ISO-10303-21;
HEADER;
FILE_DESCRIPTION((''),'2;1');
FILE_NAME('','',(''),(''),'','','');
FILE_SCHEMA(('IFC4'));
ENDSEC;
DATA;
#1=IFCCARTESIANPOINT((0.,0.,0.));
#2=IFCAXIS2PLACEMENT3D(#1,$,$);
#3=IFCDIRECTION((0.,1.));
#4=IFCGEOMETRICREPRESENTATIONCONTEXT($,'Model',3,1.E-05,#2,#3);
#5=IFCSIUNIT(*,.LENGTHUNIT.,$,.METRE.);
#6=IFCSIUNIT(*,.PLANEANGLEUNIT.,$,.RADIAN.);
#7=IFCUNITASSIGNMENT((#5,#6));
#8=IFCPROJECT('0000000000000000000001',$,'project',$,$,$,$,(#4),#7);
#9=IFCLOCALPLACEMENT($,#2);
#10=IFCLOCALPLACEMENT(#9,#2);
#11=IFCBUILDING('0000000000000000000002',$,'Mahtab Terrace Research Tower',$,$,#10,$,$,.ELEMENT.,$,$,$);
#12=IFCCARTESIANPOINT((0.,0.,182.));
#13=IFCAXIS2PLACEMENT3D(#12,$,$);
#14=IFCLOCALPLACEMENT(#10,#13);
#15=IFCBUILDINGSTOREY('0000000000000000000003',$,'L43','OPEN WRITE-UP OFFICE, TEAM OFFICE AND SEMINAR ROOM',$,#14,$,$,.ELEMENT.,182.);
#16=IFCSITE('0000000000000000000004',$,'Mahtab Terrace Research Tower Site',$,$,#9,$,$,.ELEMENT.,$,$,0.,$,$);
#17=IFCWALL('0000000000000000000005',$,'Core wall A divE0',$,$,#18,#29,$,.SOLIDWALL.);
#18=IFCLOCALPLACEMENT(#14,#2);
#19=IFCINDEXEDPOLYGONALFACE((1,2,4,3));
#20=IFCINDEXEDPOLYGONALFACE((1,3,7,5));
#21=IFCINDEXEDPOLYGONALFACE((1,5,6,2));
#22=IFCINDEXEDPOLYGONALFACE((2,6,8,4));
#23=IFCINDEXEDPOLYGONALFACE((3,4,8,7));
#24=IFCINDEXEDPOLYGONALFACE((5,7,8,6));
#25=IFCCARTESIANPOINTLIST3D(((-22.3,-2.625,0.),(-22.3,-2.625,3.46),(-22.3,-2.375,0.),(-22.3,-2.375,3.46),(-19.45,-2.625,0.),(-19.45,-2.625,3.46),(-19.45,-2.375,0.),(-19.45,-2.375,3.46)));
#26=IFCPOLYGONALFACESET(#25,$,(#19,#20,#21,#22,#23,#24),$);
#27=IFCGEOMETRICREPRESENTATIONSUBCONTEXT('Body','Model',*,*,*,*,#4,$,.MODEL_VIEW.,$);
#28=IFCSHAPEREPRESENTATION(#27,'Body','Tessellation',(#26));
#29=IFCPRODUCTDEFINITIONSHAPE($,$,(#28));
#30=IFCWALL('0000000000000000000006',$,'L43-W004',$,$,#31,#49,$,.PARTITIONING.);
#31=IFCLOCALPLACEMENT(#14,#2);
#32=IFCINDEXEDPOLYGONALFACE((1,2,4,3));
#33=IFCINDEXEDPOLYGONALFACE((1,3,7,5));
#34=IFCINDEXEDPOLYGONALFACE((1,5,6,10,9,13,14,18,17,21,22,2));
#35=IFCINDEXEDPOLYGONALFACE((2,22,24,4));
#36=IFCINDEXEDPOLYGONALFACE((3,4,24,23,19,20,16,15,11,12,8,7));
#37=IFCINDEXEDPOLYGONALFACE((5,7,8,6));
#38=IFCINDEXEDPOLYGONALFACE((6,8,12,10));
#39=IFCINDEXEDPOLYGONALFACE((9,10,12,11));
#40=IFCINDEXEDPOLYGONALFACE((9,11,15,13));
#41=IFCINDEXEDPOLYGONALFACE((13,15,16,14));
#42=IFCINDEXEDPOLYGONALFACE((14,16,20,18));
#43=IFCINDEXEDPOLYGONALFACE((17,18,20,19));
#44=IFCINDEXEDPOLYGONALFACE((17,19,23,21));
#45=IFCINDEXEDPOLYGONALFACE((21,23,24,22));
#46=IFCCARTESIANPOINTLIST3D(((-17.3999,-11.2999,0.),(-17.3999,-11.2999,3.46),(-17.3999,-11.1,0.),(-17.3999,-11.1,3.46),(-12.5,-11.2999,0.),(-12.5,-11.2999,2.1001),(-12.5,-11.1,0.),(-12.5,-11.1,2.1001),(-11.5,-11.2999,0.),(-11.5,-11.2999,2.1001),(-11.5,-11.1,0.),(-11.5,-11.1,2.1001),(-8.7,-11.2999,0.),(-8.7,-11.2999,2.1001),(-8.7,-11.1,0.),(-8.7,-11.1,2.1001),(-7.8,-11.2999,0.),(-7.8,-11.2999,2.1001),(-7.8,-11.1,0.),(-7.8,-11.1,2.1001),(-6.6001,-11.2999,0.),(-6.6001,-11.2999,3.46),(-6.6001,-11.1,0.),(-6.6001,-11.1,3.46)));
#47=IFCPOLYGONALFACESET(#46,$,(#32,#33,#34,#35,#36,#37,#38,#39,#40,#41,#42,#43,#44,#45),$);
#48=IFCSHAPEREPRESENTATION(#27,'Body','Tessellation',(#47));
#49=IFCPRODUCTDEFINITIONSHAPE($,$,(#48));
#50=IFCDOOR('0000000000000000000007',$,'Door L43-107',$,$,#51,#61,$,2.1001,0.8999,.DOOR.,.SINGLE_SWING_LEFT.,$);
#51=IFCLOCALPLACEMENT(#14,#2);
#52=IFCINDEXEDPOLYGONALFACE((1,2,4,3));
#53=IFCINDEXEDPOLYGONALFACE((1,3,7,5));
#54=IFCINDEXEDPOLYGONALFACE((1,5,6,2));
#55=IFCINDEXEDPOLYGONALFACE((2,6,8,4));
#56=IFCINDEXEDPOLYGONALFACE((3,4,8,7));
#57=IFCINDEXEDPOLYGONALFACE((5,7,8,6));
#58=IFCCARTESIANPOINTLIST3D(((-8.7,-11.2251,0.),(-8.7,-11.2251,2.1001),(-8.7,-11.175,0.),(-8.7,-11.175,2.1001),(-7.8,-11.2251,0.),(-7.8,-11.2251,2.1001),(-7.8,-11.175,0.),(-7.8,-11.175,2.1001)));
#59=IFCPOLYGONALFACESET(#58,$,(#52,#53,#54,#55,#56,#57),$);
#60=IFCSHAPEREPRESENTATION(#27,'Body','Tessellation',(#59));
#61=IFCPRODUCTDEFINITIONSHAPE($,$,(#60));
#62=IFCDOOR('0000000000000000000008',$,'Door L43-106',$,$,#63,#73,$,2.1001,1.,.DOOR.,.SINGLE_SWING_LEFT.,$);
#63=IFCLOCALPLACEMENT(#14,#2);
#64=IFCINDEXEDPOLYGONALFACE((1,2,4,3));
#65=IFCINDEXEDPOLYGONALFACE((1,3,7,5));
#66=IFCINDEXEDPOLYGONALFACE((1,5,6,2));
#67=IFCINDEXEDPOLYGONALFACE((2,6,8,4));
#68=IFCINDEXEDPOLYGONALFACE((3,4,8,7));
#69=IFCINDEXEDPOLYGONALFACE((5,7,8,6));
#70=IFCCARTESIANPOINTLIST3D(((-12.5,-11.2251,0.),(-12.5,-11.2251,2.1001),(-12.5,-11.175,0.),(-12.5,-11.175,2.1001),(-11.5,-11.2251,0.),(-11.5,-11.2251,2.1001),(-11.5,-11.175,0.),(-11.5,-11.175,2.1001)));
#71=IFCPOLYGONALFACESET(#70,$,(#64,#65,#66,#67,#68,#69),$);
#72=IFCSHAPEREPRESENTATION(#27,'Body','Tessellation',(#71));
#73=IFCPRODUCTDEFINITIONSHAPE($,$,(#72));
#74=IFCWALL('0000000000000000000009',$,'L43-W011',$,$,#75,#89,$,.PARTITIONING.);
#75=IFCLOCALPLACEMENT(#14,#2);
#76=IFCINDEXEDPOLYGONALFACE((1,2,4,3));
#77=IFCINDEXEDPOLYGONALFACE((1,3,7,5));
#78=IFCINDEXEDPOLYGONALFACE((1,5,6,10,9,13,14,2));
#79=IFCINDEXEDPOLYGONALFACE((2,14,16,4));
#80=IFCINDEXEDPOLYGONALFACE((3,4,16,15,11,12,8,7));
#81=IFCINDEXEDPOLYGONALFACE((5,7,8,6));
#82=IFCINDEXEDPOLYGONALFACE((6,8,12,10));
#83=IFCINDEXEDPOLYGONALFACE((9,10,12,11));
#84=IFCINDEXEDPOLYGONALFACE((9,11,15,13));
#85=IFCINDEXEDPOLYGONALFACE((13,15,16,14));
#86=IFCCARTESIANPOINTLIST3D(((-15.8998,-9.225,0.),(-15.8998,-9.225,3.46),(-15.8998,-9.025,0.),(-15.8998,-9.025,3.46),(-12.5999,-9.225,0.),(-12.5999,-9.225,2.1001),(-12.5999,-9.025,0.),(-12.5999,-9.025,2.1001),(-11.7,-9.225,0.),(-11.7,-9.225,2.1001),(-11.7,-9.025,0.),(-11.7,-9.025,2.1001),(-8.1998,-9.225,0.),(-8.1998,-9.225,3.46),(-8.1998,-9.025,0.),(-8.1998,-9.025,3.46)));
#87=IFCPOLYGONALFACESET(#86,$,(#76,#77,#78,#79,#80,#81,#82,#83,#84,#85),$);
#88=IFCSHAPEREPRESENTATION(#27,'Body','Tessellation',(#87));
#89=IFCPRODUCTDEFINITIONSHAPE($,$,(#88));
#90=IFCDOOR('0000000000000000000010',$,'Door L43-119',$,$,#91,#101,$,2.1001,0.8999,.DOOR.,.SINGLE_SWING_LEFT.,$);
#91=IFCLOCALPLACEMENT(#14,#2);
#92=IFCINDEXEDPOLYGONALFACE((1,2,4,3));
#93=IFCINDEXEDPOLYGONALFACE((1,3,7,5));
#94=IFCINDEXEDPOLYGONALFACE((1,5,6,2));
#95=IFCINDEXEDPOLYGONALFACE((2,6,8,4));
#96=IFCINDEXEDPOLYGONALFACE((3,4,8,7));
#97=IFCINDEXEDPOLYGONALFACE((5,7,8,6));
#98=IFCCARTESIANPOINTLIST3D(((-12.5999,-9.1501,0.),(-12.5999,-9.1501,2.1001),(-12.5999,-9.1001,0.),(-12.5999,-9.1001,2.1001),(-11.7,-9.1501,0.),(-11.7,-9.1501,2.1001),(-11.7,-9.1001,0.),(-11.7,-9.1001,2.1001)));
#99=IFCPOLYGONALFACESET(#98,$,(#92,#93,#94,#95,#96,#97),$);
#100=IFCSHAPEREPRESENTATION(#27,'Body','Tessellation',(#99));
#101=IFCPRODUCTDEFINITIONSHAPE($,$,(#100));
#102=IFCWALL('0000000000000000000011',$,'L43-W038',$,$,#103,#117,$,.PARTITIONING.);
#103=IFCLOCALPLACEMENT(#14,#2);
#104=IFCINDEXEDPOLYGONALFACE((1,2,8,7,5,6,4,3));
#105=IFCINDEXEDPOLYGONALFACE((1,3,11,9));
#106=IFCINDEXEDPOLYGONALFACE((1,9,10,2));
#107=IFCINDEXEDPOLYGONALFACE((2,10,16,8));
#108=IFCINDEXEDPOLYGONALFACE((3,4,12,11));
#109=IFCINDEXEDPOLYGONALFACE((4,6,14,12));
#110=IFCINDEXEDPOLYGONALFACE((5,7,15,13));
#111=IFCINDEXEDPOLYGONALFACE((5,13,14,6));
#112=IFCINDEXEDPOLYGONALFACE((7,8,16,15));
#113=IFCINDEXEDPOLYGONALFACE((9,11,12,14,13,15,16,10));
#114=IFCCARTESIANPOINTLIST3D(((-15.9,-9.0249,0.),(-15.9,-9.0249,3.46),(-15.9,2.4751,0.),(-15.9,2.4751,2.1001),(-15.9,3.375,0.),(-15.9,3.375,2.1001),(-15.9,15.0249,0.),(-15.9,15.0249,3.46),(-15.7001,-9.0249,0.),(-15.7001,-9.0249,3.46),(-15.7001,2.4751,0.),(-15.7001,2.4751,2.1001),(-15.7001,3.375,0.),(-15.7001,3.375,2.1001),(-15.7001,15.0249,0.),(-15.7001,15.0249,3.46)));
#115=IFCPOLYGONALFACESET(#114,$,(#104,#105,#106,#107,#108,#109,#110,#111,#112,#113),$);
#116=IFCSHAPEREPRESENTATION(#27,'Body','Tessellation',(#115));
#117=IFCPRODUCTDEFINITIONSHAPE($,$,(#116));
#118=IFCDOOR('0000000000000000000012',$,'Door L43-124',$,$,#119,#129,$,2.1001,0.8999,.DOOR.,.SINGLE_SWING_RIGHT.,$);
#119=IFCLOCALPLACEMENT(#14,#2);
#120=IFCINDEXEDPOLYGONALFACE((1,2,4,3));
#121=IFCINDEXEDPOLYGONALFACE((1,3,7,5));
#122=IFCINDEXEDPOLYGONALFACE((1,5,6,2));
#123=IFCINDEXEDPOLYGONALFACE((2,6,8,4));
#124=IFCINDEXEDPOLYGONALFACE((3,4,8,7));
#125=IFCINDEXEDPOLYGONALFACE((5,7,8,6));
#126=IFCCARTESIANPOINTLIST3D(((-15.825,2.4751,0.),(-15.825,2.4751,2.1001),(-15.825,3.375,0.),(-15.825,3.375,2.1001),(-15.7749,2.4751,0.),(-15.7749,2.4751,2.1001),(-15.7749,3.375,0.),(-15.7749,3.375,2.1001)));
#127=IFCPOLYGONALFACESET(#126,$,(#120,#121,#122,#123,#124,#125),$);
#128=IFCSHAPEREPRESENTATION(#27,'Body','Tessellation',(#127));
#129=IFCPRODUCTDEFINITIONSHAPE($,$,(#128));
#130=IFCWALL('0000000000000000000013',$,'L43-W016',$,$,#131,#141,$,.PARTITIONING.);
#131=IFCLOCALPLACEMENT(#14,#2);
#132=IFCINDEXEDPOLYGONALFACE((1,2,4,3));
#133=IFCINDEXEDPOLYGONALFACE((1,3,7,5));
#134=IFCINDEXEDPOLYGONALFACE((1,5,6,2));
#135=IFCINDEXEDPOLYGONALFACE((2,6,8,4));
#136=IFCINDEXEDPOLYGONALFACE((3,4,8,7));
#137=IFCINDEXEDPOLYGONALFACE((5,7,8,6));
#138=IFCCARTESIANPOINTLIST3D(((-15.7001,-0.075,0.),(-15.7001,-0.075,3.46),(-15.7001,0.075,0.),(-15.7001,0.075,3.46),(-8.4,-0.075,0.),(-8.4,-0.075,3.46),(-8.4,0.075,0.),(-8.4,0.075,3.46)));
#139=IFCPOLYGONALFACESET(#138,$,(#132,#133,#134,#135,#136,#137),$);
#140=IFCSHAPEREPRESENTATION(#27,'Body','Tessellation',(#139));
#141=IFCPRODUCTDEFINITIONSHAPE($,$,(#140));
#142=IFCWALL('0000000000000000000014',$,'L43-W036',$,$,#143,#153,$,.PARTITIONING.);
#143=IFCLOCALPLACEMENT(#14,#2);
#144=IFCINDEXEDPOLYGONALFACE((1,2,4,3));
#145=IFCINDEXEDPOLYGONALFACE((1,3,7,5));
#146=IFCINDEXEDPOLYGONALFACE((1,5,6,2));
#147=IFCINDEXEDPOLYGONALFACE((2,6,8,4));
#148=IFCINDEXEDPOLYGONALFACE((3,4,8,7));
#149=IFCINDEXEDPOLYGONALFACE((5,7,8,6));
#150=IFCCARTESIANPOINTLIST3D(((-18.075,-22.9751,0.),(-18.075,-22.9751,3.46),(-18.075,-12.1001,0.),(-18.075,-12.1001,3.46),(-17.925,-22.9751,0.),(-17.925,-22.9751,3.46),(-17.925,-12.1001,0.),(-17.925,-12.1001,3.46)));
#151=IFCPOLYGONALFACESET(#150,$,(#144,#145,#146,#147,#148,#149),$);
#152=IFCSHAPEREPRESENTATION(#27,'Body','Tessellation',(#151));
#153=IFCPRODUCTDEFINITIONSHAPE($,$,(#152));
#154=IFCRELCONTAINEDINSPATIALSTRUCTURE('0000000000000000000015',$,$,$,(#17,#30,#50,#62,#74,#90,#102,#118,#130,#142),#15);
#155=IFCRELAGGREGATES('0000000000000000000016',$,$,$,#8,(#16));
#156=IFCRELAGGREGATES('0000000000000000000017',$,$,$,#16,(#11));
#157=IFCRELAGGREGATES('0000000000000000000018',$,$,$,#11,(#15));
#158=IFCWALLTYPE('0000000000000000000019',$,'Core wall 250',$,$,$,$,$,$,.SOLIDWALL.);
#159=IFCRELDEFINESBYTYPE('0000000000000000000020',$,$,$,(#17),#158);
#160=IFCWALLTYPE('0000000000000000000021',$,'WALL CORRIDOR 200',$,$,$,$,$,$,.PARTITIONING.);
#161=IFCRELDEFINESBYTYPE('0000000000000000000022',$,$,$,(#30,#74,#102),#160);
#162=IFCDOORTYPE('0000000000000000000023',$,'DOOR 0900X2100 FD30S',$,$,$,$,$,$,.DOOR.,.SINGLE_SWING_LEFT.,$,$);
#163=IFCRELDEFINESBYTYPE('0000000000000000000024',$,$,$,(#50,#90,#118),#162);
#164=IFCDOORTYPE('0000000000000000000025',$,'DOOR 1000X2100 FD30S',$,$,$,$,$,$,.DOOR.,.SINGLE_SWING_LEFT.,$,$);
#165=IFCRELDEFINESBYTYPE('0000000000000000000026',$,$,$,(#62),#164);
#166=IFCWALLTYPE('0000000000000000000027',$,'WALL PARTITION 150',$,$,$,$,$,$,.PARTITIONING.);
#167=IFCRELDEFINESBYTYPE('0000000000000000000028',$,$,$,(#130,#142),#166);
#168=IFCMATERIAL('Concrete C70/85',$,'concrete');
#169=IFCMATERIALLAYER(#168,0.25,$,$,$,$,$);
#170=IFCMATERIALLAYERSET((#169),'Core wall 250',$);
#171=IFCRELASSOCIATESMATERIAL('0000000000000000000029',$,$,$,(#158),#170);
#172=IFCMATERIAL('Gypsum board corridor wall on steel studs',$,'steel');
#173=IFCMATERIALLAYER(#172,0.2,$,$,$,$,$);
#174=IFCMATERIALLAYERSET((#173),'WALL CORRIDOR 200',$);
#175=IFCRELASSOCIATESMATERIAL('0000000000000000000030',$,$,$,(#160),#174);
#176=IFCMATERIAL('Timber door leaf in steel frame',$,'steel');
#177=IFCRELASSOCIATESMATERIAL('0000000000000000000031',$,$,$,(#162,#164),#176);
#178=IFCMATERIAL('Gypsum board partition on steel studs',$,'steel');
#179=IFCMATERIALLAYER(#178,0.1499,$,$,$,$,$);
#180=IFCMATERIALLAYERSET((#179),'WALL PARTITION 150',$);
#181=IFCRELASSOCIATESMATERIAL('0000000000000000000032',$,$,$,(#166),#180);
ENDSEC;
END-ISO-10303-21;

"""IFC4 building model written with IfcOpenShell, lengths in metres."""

from ifc_helpers import new_model, si_unit, direction, frame, frame_2d, origin, place, context, subcontext, project, spatial, rectangle, extrude, material, layer, layer_set, type_object, element, fill, save


model = new_model("IFC4")

# Units and contexts
model_context = context("Model", 3, precision=1e-05, world=origin(), true_north=direction((0.0, 1.0)))
body_context = subcontext(model_context, "Body", "Model", "MODEL_VIEW")
ifc_project = project(units=[si_unit("LENGTHUNIT", "METRE"), si_unit("PLANEANGLEUNIT", "RADIAN")], contexts=[model_context])

# Site, building, storey
site_placement = place(None, origin())
site = spatial("IfcSite", under=ifc_project, at=site_placement, Name="Mahtab Terrace Research Tower Site", CompositionType="ELEMENT", RefElevation=0.0)
building_placement = place(site_placement, origin())
building = spatial("IfcBuilding", under=site, at=building_placement, Name="Mahtab Terrace Research Tower", CompositionType="ELEMENT")
storey_placement = place(building_placement, frame((0.0, 0.0, 182.0)))
storey = spatial("IfcBuildingStorey", under=building, at=storey_placement, Name="L43", Description="OPEN WRITE-UP OFFICE, TEAM OFFICE AND SEMINAR ROOM", CompositionType="ELEMENT", Elevation=182.0)

# Shared definitions
ifc_material_1 = material(Name="Concrete C70/85", Category="concrete")

# Shared definitions
ifc_layer_1 = layer(ifc_material_1, 0.25)
ifc_layer_set_1 = layer_set([ifc_layer_1], Name="Core wall 250")
wall_type_1 = type_object("IfcWallType", Name="Core wall 250", PredefinedType="SOLIDWALL", material=ifc_layer_set_1)

# Wall
wall_1_placement = place(storey_placement, frame((-22.3, -2.5, 0.0), z_axis=(0.0, 0.0, 1.0), x_axis=(1.0, 0.0, 0.0)))
element("IfcWall", 1, at=wall_1_placement, inside=storey, type_object=wall_type_1, Name="Core wall A divE0", PredefinedType="SOLIDWALL", context=body_context, shape_type="SweptSolid", body=[
    extrude(rectangle(XDim=2.8501, YDim=0.25, at=frame_2d((1.425, 0.0))), origin(), (0.0, 0.0, 1.0), 3.46),
])

# Wall, openings, doors
ifc_material_2 = material(Name="Gypsum board corridor wall on steel studs", Category="steel")
ifc_layer_2 = layer(ifc_material_2, 0.2)
ifc_layer_set_2 = layer_set([ifc_layer_2], Name="WALL CORRIDOR 200")
wall_type_2 = type_object("IfcWallType", Name="WALL CORRIDOR 200", PredefinedType="PARTITIONING", material=ifc_layer_set_2)
wall_2_placement = place(storey_placement, frame((-17.3999, -11.2, 0.0), z_axis=(0.0, 0.0, 1.0), x_axis=(1.0, 0.0, 0.0)))
wall_2 = element("IfcWall", 2, at=wall_2_placement, inside=storey, type_object=wall_type_2, Name="L43-W004", PredefinedType="PARTITIONING", context=body_context, shape_type="SweptSolid", body=[
    extrude(rectangle(XDim=10.7998, YDim=0.2, at=frame_2d((5.3999, 0.0))), origin(), (0.0, 0.0, 1.0), 3.46),
])
opening_1_placement = place(wall_2_placement, frame((4.8999, 0.0, 0.0)))
opening_1 = element("IfcOpeningElement", 3, at=opening_1_placement, cuts=wall_2, PredefinedType="OPENING", context=body_context, shape_type="SweptSolid", body=[
    extrude(rectangle(XDim=1.0, YDim=2.1001, at=frame_2d((0.5, 1.05))), frame((0.0, 0.1099, 0.0), z_axis=(0.0, -1.0, 0.0), x_axis=(1.0, 0.0, 0.0)), (0.0, 0.0, 1.0), 0.22),
])
opening_2_placement = place(wall_2_placement, frame((8.7, 0.0, 0.0)))
opening_2 = element("IfcOpeningElement", 4, at=opening_2_placement, cuts=wall_2, PredefinedType="OPENING", context=body_context, shape_type="SweptSolid", body=[
    extrude(rectangle(XDim=0.8999, YDim=2.1001, at=frame_2d((0.45, 1.05))), frame((0.0, 0.1099, 0.0), z_axis=(0.0, -1.0, 0.0), x_axis=(1.0, 0.0, 0.0)), (0.0, 0.0, 1.0), 0.22),
])
ifc_material_3 = material(Name="Timber door leaf in steel frame", Category="steel")
door_type_1 = type_object("IfcDoorType", Name="DOOR 0900X2100 FD30S", OperationType="SINGLE_SWING_LEFT", PredefinedType="DOOR", material=ifc_material_3)
door_1_placement = place(opening_2_placement, origin())
door_1 = element("IfcDoor", 5, at=door_1_placement, inside=storey, type_object=door_type_1, Name="Door L43-107", OperationType="SINGLE_SWING_LEFT", OverallHeight=2.1001, OverallWidth=0.8999, PredefinedType="DOOR", context=body_context, shape_type="SweptSolid", body=[
    extrude(rectangle(XDim=0.8999, YDim=2.1001, at=frame_2d((0.45, 1.05))), frame((0.0, 0.0249, 0.0), z_axis=(0.0, -1.0, 0.0), x_axis=(1.0, 0.0, 0.0)), (0.0, 0.0, 1.0), 0.05),
])
fill(opening_2, door_1)
door_type_2 = type_object("IfcDoorType", Name="DOOR 1000X2100 FD30S", OperationType="SINGLE_SWING_LEFT", PredefinedType="DOOR", material=ifc_material_3)
door_2_placement = place(opening_1_placement, origin())
door_2 = element("IfcDoor", 6, at=door_2_placement, inside=storey, type_object=door_type_2, Name="Door L43-106", OperationType="SINGLE_SWING_LEFT", OverallHeight=2.1001, OverallWidth=1.0, PredefinedType="DOOR", context=body_context, shape_type="SweptSolid", body=[
    extrude(rectangle(XDim=1.0, YDim=2.1001, at=frame_2d((0.5, 1.05))), frame((0.0, 0.0249, 0.0), z_axis=(0.0, -1.0, 0.0), x_axis=(1.0, 0.0, 0.0)), (0.0, 0.0, 1.0), 0.05),
])
fill(opening_1, door_2)

# Walls, openings, doors
wall_3_placement = place(storey_placement, frame((-15.8999, -9.125, 0.0), z_axis=(0.0, 0.0, 1.0), x_axis=(1.0, 0.0, 0.0)))
wall_3 = element("IfcWall", 7, at=wall_3_placement, inside=storey, type_object=wall_type_2, Name="L43-W011", PredefinedType="PARTITIONING", context=body_context, shape_type="SweptSolid", body=[
    extrude(rectangle(XDim=7.7, YDim=0.2, at=frame_2d((3.8501, 0.0))), origin(), (0.0, 0.0, 1.0), 3.46),
])
opening_3_placement = place(wall_3_placement, frame((3.3, 0.0, 0.0)))
opening_3 = element("IfcOpeningElement", 8, at=opening_3_placement, cuts=wall_3, PredefinedType="OPENING", context=body_context, shape_type="SweptSolid", body=[
    extrude(rectangle(XDim=0.8999, YDim=2.1001, at=frame_2d((0.45, 1.05))), frame((0.0, 0.1099, 0.0), z_axis=(0.0, -1.0, 0.0), x_axis=(1.0, 0.0, 0.0)), (0.0, 0.0, 1.0), 0.22),
])
door_3_placement = place(opening_3_placement, origin())
door_3 = element("IfcDoor", 9, at=door_3_placement, inside=storey, type_object=door_type_1, Name="Door L43-119", OperationType="SINGLE_SWING_LEFT", OverallHeight=2.1001, OverallWidth=0.8999, PredefinedType="DOOR", context=body_context, shape_type="SweptSolid", body=[
    extrude(rectangle(XDim=0.8999, YDim=2.1001, at=frame_2d((0.45, 1.05))), frame((0.0, 0.0249, 0.0), z_axis=(0.0, -1.0, 0.0), x_axis=(1.0, 0.0, 0.0)), (0.0, 0.0, 1.0), 0.05),
])
fill(opening_3, door_3)
wall_4_placement = place(storey_placement, frame((-15.8, -9.0249, 0.0), z_axis=(0.0, 0.0, 1.0), x_axis=(0.0, 1.0, 0.0)))
wall_4 = element("IfcWall", 10, at=wall_4_placement, inside=storey, type_object=wall_type_2, Name="L43-W038", PredefinedType="PARTITIONING", context=body_context, shape_type="SweptSolid", body=[
    extrude(rectangle(XDim=24.0498, YDim=0.2, at=frame_2d((12.0249, 0.0))), origin(), (0.0, 0.0, 1.0), 3.46),
])
opening_4_placement = place(wall_4_placement, frame((11.5, 0.0, 0.0)))
opening_4 = element("IfcOpeningElement", 11, at=opening_4_placement, cuts=wall_4, PredefinedType="OPENING", context=body_context, shape_type="SweptSolid", body=[
    extrude(rectangle(XDim=0.8999, YDim=2.1001, at=frame_2d((0.45, 1.05))), frame((0.0, 0.1099, 0.0), z_axis=(0.0, -1.0, 0.0), x_axis=(1.0, 0.0, 0.0)), (0.0, 0.0, 1.0), 0.22),
])
door_4_placement = place(opening_4_placement, origin())
door_4 = element("IfcDoor", 12, at=door_4_placement, inside=storey, type_object=door_type_1, Name="Door L43-124", OperationType="SINGLE_SWING_RIGHT", OverallHeight=2.1001, OverallWidth=0.8999, PredefinedType="DOOR", context=body_context, shape_type="SweptSolid", body=[
    extrude(rectangle(XDim=0.8999, YDim=2.1001, at=frame_2d((0.45, 1.05))), frame((0.0, 0.0249, 0.0), z_axis=(0.0, -1.0, 0.0), x_axis=(1.0, 0.0, 0.0)), (0.0, 0.0, 1.0), 0.05),
])
fill(opening_4, door_4)

# Walls
ifc_material_4 = material(Name="Gypsum board partition on steel studs", Category="steel")
ifc_layer_3 = layer(ifc_material_4, 0.1499)
ifc_layer_set_3 = layer_set([ifc_layer_3], Name="WALL PARTITION 150")
wall_type_3 = type_object("IfcWallType", Name="WALL PARTITION 150", PredefinedType="PARTITIONING", material=ifc_layer_set_3)
wall_5_placement = place(storey_placement, frame((-15.7, 0.0, 0.0), z_axis=(0.0, 0.0, 1.0), x_axis=(1.0, 0.0, 0.0)))
element("IfcWall", 13, at=wall_5_placement, inside=storey, type_object=wall_type_3, Name="L43-W016", PredefinedType="PARTITIONING", context=body_context, shape_type="SweptSolid", body=[
    extrude(rectangle(XDim=7.3, YDim=0.1499, at=frame_2d((3.6499, 0.0))), origin(), (0.0, 0.0, 1.0), 3.46),
])
wall_6_placement = place(storey_placement, frame((-18.0, -22.9751, 0.0), z_axis=(0.0, 0.0, 1.0), x_axis=(0.0, 1.0, 0.0)))
element("IfcWall", 14, at=wall_6_placement, inside=storey, type_object=wall_type_3, Name="L43-W036", PredefinedType="PARTITIONING", context=body_context, shape_type="SweptSolid", body=[
    extrude(rectangle(XDim=10.875, YDim=0.1499, at=frame_2d((5.4375, 0.0))), origin(), (0.0, 0.0, 1.0), 3.46),
])

save(model, "model.ifc")
